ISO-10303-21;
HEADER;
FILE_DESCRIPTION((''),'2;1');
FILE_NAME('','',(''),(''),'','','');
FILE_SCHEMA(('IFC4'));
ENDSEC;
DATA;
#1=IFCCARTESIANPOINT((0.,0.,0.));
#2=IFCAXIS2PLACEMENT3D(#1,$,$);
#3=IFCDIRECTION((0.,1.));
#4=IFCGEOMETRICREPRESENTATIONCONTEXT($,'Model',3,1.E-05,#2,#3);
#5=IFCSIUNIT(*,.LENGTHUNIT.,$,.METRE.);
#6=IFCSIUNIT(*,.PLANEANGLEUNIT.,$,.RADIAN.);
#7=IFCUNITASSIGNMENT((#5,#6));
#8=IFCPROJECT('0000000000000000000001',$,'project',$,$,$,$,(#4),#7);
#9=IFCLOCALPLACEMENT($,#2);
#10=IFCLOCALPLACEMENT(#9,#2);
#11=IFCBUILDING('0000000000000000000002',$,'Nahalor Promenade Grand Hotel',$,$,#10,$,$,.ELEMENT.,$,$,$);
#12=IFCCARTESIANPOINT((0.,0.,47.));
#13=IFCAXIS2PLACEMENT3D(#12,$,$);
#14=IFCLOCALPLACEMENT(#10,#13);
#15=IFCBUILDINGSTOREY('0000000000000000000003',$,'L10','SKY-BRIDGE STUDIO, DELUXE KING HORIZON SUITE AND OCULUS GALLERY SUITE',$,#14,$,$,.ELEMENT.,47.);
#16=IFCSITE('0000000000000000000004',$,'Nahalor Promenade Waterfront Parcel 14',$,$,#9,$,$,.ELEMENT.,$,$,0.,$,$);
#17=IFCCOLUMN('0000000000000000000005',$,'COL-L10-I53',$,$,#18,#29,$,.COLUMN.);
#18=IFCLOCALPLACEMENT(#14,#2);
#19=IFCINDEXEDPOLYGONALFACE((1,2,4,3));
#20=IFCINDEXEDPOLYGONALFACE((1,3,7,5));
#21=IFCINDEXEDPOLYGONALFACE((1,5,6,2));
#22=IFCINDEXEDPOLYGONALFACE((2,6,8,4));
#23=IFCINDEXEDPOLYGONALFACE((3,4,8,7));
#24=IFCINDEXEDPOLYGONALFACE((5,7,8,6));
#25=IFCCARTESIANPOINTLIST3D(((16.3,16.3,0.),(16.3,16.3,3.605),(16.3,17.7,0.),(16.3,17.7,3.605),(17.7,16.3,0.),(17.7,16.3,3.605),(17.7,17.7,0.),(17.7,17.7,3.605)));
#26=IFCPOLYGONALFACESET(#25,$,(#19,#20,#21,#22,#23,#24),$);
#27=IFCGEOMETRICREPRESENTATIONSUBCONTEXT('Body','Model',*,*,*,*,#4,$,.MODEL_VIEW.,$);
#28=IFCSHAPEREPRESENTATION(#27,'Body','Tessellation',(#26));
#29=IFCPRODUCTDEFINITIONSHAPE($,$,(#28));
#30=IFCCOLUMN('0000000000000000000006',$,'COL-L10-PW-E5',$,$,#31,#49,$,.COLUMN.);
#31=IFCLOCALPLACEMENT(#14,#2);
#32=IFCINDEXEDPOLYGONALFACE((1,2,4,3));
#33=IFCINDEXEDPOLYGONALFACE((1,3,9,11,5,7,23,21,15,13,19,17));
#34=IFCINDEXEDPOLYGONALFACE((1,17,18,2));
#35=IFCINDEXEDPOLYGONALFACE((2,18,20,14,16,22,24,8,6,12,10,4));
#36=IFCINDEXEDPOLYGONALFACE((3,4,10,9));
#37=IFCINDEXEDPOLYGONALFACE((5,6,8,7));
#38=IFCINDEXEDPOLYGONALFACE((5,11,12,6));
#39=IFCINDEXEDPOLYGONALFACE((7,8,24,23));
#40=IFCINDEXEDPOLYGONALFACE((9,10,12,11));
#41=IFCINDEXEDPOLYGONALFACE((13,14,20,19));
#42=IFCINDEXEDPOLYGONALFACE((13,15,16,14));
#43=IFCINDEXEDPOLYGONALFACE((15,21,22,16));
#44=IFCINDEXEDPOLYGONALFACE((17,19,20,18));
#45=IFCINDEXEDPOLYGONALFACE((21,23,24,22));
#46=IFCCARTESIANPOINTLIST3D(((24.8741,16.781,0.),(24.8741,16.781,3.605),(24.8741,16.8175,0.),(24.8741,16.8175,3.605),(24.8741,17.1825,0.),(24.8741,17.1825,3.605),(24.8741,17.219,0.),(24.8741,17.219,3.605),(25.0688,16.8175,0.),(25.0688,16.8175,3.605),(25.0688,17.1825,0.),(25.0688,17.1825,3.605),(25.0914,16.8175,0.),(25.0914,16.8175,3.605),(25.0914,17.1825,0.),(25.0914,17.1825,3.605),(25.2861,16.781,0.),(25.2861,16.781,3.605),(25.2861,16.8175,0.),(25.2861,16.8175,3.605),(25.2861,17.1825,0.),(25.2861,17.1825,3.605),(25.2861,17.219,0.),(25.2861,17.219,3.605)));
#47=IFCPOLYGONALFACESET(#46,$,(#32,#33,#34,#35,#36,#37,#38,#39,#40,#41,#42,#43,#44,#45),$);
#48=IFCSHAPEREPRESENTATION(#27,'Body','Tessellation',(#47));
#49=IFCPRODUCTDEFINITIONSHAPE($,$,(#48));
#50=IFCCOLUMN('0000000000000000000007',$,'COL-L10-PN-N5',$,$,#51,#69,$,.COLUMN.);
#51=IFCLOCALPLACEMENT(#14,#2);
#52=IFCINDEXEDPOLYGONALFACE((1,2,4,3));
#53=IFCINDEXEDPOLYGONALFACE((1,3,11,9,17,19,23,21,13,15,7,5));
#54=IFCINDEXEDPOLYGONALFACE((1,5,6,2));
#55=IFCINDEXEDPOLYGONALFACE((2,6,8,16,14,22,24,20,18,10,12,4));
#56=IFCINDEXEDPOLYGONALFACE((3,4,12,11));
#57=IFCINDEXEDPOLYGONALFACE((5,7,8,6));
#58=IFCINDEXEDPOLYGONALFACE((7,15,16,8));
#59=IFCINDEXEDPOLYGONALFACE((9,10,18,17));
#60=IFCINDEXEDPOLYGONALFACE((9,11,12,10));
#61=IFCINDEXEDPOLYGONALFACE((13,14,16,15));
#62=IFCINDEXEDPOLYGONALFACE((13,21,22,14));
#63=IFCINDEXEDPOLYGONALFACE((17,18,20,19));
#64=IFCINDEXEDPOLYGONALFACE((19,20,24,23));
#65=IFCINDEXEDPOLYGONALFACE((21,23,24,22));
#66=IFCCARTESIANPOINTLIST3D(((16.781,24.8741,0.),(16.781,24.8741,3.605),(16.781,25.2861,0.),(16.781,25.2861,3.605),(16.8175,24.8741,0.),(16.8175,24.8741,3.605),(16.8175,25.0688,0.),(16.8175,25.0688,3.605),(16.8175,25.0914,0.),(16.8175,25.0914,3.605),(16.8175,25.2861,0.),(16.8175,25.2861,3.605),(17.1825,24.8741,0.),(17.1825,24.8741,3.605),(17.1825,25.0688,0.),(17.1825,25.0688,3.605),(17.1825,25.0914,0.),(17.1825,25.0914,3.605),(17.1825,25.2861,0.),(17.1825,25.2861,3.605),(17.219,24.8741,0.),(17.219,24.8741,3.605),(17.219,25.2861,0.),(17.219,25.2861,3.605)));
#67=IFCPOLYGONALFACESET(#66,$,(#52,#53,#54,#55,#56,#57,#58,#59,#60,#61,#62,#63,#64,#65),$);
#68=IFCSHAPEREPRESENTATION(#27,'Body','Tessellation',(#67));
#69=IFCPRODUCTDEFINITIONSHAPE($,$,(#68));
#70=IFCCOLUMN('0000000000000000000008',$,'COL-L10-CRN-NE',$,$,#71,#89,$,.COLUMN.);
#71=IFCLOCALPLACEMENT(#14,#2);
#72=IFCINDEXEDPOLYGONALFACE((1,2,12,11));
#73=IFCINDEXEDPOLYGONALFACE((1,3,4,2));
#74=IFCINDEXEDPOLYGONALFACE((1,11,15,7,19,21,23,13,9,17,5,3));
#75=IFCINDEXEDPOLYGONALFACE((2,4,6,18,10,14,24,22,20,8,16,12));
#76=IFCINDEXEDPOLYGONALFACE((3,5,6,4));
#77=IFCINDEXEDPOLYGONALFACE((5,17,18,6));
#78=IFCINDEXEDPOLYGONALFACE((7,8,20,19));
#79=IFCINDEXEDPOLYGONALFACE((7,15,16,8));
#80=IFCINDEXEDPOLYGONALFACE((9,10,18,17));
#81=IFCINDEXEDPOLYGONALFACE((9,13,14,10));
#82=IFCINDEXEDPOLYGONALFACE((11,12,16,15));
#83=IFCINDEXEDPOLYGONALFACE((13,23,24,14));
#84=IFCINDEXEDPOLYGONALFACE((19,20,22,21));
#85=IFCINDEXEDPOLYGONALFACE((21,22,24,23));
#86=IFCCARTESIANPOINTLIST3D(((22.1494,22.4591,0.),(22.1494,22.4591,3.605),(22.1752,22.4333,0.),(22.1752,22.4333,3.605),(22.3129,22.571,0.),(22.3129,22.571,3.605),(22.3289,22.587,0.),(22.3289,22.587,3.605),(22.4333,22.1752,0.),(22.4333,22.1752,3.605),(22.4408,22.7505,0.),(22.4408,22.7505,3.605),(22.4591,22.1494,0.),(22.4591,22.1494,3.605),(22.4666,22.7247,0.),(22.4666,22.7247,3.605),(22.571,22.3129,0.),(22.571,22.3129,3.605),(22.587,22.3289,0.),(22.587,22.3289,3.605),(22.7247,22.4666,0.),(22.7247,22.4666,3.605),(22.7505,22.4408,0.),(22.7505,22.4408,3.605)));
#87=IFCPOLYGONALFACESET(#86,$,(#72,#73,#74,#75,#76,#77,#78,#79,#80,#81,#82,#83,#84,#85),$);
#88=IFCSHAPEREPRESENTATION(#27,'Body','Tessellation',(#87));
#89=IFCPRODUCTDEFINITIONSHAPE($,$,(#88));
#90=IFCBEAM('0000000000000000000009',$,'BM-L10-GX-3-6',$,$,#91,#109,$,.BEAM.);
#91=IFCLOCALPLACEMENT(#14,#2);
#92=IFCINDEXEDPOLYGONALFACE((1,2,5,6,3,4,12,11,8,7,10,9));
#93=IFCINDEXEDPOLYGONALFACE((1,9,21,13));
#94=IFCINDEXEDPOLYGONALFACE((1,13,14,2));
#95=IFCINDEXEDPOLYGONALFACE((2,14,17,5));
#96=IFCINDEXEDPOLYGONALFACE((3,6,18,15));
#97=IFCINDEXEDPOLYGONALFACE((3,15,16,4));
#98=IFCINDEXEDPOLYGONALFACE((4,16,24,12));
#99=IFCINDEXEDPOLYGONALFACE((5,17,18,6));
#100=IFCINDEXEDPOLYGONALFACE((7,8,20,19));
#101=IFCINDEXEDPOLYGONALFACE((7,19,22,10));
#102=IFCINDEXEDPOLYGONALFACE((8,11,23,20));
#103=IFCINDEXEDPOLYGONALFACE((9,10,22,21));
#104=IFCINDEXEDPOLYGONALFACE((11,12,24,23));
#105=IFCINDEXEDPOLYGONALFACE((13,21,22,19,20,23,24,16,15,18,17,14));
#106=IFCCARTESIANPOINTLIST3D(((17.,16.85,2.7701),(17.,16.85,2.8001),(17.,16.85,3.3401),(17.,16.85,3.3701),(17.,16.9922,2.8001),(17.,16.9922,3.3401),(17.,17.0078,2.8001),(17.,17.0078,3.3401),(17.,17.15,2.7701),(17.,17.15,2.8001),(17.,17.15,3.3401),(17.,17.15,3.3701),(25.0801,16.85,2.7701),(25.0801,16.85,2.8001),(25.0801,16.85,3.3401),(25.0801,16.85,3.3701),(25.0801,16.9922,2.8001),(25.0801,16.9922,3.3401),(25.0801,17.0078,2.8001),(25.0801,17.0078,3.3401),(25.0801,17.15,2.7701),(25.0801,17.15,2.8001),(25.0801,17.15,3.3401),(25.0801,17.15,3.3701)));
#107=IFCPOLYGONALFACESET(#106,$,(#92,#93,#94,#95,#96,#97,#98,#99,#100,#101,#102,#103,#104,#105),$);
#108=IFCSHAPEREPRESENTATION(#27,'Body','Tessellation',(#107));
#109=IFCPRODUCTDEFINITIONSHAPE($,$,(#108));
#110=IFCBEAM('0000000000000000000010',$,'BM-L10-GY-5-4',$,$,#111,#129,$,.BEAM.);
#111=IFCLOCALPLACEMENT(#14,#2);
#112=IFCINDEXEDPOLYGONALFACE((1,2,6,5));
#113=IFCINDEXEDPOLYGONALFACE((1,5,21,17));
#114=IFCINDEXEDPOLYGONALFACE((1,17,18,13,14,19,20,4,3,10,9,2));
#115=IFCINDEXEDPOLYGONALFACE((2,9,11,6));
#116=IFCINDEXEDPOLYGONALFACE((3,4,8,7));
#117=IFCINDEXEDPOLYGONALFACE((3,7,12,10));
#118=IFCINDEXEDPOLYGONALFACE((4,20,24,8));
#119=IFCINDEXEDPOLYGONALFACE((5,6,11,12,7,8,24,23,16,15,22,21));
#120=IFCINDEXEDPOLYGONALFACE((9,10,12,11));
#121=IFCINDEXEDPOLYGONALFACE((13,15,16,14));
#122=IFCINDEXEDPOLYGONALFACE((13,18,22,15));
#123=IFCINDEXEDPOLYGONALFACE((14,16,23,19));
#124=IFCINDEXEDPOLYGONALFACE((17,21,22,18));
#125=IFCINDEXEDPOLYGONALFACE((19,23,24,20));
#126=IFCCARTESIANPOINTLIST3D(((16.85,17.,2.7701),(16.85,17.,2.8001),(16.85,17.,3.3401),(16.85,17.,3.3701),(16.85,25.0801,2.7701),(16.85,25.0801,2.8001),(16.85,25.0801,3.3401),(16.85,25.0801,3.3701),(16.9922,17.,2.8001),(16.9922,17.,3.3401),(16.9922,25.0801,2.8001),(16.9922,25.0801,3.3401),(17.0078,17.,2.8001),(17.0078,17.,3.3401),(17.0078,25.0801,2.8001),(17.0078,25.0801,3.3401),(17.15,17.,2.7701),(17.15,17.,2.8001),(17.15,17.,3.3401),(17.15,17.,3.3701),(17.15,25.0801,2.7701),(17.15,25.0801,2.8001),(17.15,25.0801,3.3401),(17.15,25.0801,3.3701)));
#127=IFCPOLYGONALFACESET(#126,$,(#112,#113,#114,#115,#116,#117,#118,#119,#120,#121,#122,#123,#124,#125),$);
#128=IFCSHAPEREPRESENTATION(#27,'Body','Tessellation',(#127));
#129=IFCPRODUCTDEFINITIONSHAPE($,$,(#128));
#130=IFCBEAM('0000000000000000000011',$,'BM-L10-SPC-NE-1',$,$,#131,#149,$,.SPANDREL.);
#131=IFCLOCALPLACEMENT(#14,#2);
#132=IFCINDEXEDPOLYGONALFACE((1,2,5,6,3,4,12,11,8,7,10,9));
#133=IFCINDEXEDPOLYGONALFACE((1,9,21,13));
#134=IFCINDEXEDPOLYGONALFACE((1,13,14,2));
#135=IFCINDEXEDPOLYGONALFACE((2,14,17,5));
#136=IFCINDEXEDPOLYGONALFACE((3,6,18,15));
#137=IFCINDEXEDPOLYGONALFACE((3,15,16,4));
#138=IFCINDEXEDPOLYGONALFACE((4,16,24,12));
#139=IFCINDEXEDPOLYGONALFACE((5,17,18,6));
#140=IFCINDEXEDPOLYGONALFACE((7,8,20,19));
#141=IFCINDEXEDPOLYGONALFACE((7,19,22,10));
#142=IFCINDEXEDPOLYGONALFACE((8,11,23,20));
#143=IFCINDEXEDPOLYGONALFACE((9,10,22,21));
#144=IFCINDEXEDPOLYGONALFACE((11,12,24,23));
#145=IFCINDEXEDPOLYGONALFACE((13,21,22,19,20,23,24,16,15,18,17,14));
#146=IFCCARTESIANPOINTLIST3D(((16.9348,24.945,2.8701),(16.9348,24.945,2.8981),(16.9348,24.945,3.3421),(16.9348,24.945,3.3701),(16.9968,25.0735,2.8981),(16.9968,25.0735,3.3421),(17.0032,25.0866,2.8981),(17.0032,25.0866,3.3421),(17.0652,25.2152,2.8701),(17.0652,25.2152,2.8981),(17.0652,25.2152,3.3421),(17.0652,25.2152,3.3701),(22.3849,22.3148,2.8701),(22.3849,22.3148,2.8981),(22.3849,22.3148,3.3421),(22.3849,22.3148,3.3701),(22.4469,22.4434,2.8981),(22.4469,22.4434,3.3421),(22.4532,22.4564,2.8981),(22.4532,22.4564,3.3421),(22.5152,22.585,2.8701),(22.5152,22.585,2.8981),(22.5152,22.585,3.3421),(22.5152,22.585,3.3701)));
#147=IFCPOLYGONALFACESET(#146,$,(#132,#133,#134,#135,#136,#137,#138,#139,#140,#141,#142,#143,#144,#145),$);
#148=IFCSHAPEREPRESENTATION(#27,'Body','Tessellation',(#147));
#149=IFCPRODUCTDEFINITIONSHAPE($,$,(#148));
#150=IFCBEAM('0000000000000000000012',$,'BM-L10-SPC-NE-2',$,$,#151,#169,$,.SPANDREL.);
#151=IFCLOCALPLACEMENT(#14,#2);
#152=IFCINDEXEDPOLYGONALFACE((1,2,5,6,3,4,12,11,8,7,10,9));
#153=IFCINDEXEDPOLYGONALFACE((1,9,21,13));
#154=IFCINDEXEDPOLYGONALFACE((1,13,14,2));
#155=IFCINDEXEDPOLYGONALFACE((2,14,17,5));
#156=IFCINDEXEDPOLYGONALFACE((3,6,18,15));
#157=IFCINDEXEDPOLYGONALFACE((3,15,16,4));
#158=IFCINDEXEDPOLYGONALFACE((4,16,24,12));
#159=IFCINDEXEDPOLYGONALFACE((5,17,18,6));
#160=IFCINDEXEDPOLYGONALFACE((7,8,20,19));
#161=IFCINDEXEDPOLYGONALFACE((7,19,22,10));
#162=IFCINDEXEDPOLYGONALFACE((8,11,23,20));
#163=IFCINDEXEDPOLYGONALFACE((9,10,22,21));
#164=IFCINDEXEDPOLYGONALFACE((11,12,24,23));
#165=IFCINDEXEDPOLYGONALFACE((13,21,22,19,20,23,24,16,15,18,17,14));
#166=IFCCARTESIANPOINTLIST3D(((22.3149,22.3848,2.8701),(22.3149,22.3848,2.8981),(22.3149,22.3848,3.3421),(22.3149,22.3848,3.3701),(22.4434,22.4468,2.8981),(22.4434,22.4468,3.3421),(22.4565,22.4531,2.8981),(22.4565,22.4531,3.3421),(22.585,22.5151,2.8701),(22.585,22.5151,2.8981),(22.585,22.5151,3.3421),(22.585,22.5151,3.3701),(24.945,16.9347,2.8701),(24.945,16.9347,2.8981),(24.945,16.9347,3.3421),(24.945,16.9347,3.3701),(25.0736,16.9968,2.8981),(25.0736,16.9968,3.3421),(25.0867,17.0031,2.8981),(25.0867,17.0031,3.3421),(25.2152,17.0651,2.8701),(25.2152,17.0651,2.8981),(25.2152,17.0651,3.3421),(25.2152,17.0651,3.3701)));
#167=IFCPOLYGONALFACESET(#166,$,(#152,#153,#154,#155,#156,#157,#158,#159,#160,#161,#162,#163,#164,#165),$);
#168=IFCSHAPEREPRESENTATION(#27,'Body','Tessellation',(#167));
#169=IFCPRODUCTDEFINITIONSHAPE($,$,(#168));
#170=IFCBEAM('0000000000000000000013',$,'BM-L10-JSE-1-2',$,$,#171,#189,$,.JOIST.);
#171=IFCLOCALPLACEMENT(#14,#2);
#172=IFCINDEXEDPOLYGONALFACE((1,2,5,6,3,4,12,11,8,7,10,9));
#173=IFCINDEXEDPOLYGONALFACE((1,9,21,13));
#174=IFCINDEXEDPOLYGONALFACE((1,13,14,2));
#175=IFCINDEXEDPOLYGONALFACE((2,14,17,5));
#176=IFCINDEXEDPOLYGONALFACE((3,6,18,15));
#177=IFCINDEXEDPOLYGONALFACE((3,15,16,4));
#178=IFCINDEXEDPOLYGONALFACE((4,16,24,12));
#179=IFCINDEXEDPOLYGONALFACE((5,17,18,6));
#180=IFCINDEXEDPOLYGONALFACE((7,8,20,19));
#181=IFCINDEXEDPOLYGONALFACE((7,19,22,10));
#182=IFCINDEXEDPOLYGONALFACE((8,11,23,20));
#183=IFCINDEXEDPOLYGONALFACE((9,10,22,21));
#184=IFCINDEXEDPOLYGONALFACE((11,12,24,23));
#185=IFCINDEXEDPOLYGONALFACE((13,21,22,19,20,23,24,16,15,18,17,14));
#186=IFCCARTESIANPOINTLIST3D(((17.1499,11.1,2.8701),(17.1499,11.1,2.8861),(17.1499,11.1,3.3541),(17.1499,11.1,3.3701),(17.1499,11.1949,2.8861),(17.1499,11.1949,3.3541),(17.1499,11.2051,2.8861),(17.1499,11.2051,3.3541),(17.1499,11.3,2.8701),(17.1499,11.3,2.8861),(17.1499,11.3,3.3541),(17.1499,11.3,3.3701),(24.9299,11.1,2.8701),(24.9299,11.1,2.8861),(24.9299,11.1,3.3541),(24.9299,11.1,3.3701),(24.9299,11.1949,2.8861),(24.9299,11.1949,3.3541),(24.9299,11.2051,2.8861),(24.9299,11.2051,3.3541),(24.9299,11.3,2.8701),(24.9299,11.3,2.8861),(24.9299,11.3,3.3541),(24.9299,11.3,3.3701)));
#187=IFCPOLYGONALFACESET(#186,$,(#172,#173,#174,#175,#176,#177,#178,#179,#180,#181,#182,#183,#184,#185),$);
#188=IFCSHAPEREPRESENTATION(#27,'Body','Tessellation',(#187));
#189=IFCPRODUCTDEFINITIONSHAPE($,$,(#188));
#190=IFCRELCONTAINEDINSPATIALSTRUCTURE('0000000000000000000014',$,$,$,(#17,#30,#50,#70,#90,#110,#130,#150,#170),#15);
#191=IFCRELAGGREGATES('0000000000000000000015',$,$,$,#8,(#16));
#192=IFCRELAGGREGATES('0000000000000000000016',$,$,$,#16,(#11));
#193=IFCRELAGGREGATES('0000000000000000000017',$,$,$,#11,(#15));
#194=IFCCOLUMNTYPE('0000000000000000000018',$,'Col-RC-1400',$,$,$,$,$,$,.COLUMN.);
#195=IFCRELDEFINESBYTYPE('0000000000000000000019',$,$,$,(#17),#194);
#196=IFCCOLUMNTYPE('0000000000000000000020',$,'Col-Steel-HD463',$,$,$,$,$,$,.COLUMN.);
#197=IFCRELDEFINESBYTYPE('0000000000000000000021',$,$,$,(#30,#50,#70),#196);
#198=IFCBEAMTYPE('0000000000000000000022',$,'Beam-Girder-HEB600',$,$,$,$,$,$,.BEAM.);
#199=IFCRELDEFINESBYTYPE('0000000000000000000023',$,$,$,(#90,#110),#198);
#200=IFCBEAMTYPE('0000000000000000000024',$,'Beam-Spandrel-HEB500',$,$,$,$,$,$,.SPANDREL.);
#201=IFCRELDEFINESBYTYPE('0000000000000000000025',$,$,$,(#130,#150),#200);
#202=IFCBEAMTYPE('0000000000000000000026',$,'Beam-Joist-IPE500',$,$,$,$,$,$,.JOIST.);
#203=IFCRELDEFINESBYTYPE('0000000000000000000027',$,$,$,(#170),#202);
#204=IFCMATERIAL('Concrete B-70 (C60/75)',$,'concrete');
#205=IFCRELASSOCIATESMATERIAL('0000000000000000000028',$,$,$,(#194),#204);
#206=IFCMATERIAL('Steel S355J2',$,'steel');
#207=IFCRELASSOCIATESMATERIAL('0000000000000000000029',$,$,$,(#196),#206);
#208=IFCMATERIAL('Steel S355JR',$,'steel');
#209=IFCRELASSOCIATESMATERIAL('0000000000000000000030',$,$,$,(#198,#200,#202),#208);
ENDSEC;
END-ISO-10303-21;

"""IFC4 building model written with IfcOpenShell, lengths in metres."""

from ifc_helpers import new_model, si_unit, direction, frame, origin, origin_2d, place, context, subcontext, project, spatial, rectangle, i_section, extrude, source, transform, mapped, material, material_profile, profile_set, type_object, element, save


model = new_model("IFC4")

# Units and contexts
model_context = context("Model", 3, precision=1e-05, world=origin(), true_north=direction((0.0, 1.0)))
body_context = subcontext(model_context, "Body", "Model", "MODEL_VIEW")
ifc_project = project(units=[si_unit("LENGTHUNIT", "METRE"), si_unit("PLANEANGLEUNIT", "RADIAN")], contexts=[model_context])

# Site, building, storey
site_placement = place(None, origin())
site = spatial("IfcSite", under=ifc_project, at=site_placement, Name="Nahalor Promenade Waterfront Parcel 14", CompositionType="ELEMENT", RefElevation=0.0)
building_placement = place(site_placement, origin())
building = spatial("IfcBuilding", under=site, at=building_placement, Name="Nahalor Promenade Grand Hotel", CompositionType="ELEMENT")
storey_placement = place(building_placement, frame((0.0, 0.0, 47.0)))
storey = spatial("IfcBuildingStorey", under=building, at=storey_placement, Name="L10", Description="SKY-BRIDGE STUDIO, DELUXE KING HORIZON SUITE AND OCULUS GALLERY SUITE", CompositionType="ELEMENT", Elevation=47.0)

# Columns
ifc_material_1 = material(Name="Concrete B-70 (C60/75)", Category="concrete")
ifc_material_profile_1 = material_profile(ifc_material_1, rectangle(XDim=1.4, YDim=1.4, at=origin_2d()), Name="RC 1400x1400")
ifc_profile_set_1 = profile_set([ifc_material_profile_1], Name="Concrete B-70 (C60/75)")
column_type_1 = type_object("IfcColumnType", Name="Col-RC-1400", PredefinedType="COLUMN", material=ifc_profile_set_1)
shared_shape_1 = source(origin(), body_context, "Body", "SweptSolid", [
    extrude(rectangle(XDim=1.4, YDim=1.4, at=origin_2d()), origin(), (0.0, 0.0, 1.0), 3.605),
])
column_placement = place(storey_placement, frame((17.0, 17.0, 0.0), z_axis=(0.0, 0.0, 1.0), x_axis=(1.0, 0.0, 0.0)))
element("IfcColumn", 1, at=column_placement, inside=storey, type_object=column_type_1, Name="COL-L10-I53", PredefinedType="COLUMN", context=body_context, shape_type="MappedRepresentation", body=[
    mapped(shared_shape_1, transform((0.0, 0.0, 0.0), scale=1.0)),
])
ifc_material_2 = material(Name="Steel S355J2", Category="steel")
ifc_material_profile_2 = material_profile(ifc_material_2, i_section(OverallWidth=0.412, OverallDepth=0.438, WebThickness=0.0226, FlangeThickness=0.0365, at=origin_2d()), Name="HD 400x463")
ifc_profile_set_2 = profile_set([ifc_material_profile_2], Name="Steel S355J2")
column_type_2 = type_object("IfcColumnType", Name="Col-Steel-HD463", PredefinedType="COLUMN", material=ifc_profile_set_2)
shared_shape_2 = source(origin(), body_context, "Body", "SweptSolid", [
    extrude(i_section(OverallWidth=0.412, OverallDepth=0.438, WebThickness=0.0226, FlangeThickness=0.0365, at=origin_2d()), origin(), (0.0, 0.0, 1.0), 3.605),
])
for number, where, z_axis, x_axis, name in (
    (2, (25.0801, 17.0, 0.0), (0.0, 0.0, 1.0), (1.0, 0.0, 0.0), "COL-L10-PW-E5"),
    (3, (17.0, 25.0801, 0.0), (0.0, 0.0, 1.0), (0.0, 1.0, 0.0), "COL-L10-PN-N5"),
    (4, (22.45, 22.45, 0.0), (0.0, 0.0, 1.0), (0.707107, 0.707107, 0.0), "COL-L10-CRN-NE"),
):
    element("IfcColumn", number, at=place(storey_placement, frame(where, z_axis=z_axis, x_axis=x_axis)), inside=storey, type_object=column_type_2, Name=name, PredefinedType="COLUMN", context=body_context, shape_type="MappedRepresentation", body=[
        mapped(shared_shape_2, transform((0.0, 0.0, 0.0), scale=1.0)),
    ])

# Beams
ifc_material_3 = material(Name="Steel S355JR", Category="steel")
ifc_material_profile_3 = material_profile(ifc_material_3, i_section(OverallWidth=0.3, OverallDepth=0.6, WebThickness=0.0155, FlangeThickness=0.03, at=origin_2d()), Name="HEB 600")
ifc_profile_set_3 = profile_set([ifc_material_profile_3], Name="Steel S355JR")
beam_type_1 = type_object("IfcBeamType", Name="Beam-Girder-HEB600", PredefinedType="BEAM", material=ifc_profile_set_3)
shared_shape_3 = source(origin(), body_context, "Body", "SweptSolid", [
    extrude(i_section(OverallWidth=0.3, OverallDepth=0.6, WebThickness=0.0155, FlangeThickness=0.03, at=origin_2d()), origin(), (0.0, 0.0, 1.0), 8.0801),
])
for number, where, z_axis, x_axis, name in (
    (5, (17.0, 17.0, 3.0701), (1.0, 0.0, 0.0), (0.0, 1.0, 0.0), "BM-L10-GX-3-6"),
    (6, (17.0, 17.0, 3.0701), (0.0, 1.0, 0.0), (-1.0, 0.0, 0.0), "BM-L10-GY-5-4"),
):
    element("IfcBeam", number, at=place(storey_placement, frame(where, z_axis=z_axis, x_axis=x_axis)), inside=storey, type_object=beam_type_1, Name=name, PredefinedType="BEAM", context=body_context, shape_type="MappedRepresentation", body=[
        mapped(shared_shape_3, transform((0.0, 0.0, 0.0), scale=1.0)),
    ])
ifc_material_profile_4 = material_profile(ifc_material_3, i_section(OverallWidth=0.3, OverallDepth=0.5, WebThickness=0.0145, FlangeThickness=0.028, at=origin_2d()), Name="HEB 500")
ifc_profile_set_4 = profile_set([ifc_material_profile_4], Name="Steel S355JR")
beam_type_2 = type_object("IfcBeamType", Name="Beam-Spandrel-HEB500", PredefinedType="SPANDREL", material=ifc_profile_set_4)
shared_shape_4 = source(origin(), body_context, "Body", "SweptSolid", [
    extrude(i_section(OverallWidth=0.3, OverallDepth=0.5, WebThickness=0.0145, FlangeThickness=0.028, at=origin_2d()), origin(), (0.0, 0.0, 1.0), 6.0515),
])
for number, where, z_axis, x_axis, name in (
    (7, (17.0, 25.0801, 3.1201), (0.900609, -0.434631, 0.0), (0.434631, 0.900609, 0.0), "BM-L10-SPC-NE-1"),
    (8, (22.45, 22.45, 3.1201), (0.434631, -0.900609, 0.0), (0.900609, 0.434631, 0.0), "BM-L10-SPC-NE-2"),
):
    element("IfcBeam", number, at=place(storey_placement, frame(where, z_axis=z_axis, x_axis=x_axis)), inside=storey, type_object=beam_type_2, Name=name, PredefinedType="SPANDREL", context=body_context, shape_type="MappedRepresentation", body=[
        mapped(shared_shape_4, transform((0.0, 0.0, 0.0), scale=1.0)),
    ])
ifc_material_profile_5 = material_profile(ifc_material_3, i_section(OverallWidth=0.2, OverallDepth=0.5, WebThickness=0.0102, FlangeThickness=0.016, at=origin_2d()), Name="IPE 500")
ifc_profile_set_5 = profile_set([ifc_material_profile_5], Name="Steel S355JR")
beam_type_3 = type_object("IfcBeamType", Name="Beam-Joist-IPE500", PredefinedType="JOIST", material=ifc_profile_set_5)
shared_shape_5 = source(origin(), body_context, "Body", "SweptSolid", [
    extrude(i_section(OverallWidth=0.2, OverallDepth=0.5, WebThickness=0.0102, FlangeThickness=0.016, at=origin_2d()), origin(), (0.0, 0.0, 1.0), 7.78),
])
beam_placement = place(storey_placement, frame((17.1499, 11.2, 3.1201), z_axis=(1.0, 0.0, 0.0), x_axis=(0.0, 1.0, 0.0)))
element("IfcBeam", 9, at=beam_placement, inside=storey, type_object=beam_type_3, Name="BM-L10-JSE-1-2", PredefinedType="JOIST", context=body_context, shape_type="MappedRepresentation", body=[
    mapped(shared_shape_5, transform((0.0, 0.0, 0.0), scale=1.0)),
])

save(model, "model.ifc")
